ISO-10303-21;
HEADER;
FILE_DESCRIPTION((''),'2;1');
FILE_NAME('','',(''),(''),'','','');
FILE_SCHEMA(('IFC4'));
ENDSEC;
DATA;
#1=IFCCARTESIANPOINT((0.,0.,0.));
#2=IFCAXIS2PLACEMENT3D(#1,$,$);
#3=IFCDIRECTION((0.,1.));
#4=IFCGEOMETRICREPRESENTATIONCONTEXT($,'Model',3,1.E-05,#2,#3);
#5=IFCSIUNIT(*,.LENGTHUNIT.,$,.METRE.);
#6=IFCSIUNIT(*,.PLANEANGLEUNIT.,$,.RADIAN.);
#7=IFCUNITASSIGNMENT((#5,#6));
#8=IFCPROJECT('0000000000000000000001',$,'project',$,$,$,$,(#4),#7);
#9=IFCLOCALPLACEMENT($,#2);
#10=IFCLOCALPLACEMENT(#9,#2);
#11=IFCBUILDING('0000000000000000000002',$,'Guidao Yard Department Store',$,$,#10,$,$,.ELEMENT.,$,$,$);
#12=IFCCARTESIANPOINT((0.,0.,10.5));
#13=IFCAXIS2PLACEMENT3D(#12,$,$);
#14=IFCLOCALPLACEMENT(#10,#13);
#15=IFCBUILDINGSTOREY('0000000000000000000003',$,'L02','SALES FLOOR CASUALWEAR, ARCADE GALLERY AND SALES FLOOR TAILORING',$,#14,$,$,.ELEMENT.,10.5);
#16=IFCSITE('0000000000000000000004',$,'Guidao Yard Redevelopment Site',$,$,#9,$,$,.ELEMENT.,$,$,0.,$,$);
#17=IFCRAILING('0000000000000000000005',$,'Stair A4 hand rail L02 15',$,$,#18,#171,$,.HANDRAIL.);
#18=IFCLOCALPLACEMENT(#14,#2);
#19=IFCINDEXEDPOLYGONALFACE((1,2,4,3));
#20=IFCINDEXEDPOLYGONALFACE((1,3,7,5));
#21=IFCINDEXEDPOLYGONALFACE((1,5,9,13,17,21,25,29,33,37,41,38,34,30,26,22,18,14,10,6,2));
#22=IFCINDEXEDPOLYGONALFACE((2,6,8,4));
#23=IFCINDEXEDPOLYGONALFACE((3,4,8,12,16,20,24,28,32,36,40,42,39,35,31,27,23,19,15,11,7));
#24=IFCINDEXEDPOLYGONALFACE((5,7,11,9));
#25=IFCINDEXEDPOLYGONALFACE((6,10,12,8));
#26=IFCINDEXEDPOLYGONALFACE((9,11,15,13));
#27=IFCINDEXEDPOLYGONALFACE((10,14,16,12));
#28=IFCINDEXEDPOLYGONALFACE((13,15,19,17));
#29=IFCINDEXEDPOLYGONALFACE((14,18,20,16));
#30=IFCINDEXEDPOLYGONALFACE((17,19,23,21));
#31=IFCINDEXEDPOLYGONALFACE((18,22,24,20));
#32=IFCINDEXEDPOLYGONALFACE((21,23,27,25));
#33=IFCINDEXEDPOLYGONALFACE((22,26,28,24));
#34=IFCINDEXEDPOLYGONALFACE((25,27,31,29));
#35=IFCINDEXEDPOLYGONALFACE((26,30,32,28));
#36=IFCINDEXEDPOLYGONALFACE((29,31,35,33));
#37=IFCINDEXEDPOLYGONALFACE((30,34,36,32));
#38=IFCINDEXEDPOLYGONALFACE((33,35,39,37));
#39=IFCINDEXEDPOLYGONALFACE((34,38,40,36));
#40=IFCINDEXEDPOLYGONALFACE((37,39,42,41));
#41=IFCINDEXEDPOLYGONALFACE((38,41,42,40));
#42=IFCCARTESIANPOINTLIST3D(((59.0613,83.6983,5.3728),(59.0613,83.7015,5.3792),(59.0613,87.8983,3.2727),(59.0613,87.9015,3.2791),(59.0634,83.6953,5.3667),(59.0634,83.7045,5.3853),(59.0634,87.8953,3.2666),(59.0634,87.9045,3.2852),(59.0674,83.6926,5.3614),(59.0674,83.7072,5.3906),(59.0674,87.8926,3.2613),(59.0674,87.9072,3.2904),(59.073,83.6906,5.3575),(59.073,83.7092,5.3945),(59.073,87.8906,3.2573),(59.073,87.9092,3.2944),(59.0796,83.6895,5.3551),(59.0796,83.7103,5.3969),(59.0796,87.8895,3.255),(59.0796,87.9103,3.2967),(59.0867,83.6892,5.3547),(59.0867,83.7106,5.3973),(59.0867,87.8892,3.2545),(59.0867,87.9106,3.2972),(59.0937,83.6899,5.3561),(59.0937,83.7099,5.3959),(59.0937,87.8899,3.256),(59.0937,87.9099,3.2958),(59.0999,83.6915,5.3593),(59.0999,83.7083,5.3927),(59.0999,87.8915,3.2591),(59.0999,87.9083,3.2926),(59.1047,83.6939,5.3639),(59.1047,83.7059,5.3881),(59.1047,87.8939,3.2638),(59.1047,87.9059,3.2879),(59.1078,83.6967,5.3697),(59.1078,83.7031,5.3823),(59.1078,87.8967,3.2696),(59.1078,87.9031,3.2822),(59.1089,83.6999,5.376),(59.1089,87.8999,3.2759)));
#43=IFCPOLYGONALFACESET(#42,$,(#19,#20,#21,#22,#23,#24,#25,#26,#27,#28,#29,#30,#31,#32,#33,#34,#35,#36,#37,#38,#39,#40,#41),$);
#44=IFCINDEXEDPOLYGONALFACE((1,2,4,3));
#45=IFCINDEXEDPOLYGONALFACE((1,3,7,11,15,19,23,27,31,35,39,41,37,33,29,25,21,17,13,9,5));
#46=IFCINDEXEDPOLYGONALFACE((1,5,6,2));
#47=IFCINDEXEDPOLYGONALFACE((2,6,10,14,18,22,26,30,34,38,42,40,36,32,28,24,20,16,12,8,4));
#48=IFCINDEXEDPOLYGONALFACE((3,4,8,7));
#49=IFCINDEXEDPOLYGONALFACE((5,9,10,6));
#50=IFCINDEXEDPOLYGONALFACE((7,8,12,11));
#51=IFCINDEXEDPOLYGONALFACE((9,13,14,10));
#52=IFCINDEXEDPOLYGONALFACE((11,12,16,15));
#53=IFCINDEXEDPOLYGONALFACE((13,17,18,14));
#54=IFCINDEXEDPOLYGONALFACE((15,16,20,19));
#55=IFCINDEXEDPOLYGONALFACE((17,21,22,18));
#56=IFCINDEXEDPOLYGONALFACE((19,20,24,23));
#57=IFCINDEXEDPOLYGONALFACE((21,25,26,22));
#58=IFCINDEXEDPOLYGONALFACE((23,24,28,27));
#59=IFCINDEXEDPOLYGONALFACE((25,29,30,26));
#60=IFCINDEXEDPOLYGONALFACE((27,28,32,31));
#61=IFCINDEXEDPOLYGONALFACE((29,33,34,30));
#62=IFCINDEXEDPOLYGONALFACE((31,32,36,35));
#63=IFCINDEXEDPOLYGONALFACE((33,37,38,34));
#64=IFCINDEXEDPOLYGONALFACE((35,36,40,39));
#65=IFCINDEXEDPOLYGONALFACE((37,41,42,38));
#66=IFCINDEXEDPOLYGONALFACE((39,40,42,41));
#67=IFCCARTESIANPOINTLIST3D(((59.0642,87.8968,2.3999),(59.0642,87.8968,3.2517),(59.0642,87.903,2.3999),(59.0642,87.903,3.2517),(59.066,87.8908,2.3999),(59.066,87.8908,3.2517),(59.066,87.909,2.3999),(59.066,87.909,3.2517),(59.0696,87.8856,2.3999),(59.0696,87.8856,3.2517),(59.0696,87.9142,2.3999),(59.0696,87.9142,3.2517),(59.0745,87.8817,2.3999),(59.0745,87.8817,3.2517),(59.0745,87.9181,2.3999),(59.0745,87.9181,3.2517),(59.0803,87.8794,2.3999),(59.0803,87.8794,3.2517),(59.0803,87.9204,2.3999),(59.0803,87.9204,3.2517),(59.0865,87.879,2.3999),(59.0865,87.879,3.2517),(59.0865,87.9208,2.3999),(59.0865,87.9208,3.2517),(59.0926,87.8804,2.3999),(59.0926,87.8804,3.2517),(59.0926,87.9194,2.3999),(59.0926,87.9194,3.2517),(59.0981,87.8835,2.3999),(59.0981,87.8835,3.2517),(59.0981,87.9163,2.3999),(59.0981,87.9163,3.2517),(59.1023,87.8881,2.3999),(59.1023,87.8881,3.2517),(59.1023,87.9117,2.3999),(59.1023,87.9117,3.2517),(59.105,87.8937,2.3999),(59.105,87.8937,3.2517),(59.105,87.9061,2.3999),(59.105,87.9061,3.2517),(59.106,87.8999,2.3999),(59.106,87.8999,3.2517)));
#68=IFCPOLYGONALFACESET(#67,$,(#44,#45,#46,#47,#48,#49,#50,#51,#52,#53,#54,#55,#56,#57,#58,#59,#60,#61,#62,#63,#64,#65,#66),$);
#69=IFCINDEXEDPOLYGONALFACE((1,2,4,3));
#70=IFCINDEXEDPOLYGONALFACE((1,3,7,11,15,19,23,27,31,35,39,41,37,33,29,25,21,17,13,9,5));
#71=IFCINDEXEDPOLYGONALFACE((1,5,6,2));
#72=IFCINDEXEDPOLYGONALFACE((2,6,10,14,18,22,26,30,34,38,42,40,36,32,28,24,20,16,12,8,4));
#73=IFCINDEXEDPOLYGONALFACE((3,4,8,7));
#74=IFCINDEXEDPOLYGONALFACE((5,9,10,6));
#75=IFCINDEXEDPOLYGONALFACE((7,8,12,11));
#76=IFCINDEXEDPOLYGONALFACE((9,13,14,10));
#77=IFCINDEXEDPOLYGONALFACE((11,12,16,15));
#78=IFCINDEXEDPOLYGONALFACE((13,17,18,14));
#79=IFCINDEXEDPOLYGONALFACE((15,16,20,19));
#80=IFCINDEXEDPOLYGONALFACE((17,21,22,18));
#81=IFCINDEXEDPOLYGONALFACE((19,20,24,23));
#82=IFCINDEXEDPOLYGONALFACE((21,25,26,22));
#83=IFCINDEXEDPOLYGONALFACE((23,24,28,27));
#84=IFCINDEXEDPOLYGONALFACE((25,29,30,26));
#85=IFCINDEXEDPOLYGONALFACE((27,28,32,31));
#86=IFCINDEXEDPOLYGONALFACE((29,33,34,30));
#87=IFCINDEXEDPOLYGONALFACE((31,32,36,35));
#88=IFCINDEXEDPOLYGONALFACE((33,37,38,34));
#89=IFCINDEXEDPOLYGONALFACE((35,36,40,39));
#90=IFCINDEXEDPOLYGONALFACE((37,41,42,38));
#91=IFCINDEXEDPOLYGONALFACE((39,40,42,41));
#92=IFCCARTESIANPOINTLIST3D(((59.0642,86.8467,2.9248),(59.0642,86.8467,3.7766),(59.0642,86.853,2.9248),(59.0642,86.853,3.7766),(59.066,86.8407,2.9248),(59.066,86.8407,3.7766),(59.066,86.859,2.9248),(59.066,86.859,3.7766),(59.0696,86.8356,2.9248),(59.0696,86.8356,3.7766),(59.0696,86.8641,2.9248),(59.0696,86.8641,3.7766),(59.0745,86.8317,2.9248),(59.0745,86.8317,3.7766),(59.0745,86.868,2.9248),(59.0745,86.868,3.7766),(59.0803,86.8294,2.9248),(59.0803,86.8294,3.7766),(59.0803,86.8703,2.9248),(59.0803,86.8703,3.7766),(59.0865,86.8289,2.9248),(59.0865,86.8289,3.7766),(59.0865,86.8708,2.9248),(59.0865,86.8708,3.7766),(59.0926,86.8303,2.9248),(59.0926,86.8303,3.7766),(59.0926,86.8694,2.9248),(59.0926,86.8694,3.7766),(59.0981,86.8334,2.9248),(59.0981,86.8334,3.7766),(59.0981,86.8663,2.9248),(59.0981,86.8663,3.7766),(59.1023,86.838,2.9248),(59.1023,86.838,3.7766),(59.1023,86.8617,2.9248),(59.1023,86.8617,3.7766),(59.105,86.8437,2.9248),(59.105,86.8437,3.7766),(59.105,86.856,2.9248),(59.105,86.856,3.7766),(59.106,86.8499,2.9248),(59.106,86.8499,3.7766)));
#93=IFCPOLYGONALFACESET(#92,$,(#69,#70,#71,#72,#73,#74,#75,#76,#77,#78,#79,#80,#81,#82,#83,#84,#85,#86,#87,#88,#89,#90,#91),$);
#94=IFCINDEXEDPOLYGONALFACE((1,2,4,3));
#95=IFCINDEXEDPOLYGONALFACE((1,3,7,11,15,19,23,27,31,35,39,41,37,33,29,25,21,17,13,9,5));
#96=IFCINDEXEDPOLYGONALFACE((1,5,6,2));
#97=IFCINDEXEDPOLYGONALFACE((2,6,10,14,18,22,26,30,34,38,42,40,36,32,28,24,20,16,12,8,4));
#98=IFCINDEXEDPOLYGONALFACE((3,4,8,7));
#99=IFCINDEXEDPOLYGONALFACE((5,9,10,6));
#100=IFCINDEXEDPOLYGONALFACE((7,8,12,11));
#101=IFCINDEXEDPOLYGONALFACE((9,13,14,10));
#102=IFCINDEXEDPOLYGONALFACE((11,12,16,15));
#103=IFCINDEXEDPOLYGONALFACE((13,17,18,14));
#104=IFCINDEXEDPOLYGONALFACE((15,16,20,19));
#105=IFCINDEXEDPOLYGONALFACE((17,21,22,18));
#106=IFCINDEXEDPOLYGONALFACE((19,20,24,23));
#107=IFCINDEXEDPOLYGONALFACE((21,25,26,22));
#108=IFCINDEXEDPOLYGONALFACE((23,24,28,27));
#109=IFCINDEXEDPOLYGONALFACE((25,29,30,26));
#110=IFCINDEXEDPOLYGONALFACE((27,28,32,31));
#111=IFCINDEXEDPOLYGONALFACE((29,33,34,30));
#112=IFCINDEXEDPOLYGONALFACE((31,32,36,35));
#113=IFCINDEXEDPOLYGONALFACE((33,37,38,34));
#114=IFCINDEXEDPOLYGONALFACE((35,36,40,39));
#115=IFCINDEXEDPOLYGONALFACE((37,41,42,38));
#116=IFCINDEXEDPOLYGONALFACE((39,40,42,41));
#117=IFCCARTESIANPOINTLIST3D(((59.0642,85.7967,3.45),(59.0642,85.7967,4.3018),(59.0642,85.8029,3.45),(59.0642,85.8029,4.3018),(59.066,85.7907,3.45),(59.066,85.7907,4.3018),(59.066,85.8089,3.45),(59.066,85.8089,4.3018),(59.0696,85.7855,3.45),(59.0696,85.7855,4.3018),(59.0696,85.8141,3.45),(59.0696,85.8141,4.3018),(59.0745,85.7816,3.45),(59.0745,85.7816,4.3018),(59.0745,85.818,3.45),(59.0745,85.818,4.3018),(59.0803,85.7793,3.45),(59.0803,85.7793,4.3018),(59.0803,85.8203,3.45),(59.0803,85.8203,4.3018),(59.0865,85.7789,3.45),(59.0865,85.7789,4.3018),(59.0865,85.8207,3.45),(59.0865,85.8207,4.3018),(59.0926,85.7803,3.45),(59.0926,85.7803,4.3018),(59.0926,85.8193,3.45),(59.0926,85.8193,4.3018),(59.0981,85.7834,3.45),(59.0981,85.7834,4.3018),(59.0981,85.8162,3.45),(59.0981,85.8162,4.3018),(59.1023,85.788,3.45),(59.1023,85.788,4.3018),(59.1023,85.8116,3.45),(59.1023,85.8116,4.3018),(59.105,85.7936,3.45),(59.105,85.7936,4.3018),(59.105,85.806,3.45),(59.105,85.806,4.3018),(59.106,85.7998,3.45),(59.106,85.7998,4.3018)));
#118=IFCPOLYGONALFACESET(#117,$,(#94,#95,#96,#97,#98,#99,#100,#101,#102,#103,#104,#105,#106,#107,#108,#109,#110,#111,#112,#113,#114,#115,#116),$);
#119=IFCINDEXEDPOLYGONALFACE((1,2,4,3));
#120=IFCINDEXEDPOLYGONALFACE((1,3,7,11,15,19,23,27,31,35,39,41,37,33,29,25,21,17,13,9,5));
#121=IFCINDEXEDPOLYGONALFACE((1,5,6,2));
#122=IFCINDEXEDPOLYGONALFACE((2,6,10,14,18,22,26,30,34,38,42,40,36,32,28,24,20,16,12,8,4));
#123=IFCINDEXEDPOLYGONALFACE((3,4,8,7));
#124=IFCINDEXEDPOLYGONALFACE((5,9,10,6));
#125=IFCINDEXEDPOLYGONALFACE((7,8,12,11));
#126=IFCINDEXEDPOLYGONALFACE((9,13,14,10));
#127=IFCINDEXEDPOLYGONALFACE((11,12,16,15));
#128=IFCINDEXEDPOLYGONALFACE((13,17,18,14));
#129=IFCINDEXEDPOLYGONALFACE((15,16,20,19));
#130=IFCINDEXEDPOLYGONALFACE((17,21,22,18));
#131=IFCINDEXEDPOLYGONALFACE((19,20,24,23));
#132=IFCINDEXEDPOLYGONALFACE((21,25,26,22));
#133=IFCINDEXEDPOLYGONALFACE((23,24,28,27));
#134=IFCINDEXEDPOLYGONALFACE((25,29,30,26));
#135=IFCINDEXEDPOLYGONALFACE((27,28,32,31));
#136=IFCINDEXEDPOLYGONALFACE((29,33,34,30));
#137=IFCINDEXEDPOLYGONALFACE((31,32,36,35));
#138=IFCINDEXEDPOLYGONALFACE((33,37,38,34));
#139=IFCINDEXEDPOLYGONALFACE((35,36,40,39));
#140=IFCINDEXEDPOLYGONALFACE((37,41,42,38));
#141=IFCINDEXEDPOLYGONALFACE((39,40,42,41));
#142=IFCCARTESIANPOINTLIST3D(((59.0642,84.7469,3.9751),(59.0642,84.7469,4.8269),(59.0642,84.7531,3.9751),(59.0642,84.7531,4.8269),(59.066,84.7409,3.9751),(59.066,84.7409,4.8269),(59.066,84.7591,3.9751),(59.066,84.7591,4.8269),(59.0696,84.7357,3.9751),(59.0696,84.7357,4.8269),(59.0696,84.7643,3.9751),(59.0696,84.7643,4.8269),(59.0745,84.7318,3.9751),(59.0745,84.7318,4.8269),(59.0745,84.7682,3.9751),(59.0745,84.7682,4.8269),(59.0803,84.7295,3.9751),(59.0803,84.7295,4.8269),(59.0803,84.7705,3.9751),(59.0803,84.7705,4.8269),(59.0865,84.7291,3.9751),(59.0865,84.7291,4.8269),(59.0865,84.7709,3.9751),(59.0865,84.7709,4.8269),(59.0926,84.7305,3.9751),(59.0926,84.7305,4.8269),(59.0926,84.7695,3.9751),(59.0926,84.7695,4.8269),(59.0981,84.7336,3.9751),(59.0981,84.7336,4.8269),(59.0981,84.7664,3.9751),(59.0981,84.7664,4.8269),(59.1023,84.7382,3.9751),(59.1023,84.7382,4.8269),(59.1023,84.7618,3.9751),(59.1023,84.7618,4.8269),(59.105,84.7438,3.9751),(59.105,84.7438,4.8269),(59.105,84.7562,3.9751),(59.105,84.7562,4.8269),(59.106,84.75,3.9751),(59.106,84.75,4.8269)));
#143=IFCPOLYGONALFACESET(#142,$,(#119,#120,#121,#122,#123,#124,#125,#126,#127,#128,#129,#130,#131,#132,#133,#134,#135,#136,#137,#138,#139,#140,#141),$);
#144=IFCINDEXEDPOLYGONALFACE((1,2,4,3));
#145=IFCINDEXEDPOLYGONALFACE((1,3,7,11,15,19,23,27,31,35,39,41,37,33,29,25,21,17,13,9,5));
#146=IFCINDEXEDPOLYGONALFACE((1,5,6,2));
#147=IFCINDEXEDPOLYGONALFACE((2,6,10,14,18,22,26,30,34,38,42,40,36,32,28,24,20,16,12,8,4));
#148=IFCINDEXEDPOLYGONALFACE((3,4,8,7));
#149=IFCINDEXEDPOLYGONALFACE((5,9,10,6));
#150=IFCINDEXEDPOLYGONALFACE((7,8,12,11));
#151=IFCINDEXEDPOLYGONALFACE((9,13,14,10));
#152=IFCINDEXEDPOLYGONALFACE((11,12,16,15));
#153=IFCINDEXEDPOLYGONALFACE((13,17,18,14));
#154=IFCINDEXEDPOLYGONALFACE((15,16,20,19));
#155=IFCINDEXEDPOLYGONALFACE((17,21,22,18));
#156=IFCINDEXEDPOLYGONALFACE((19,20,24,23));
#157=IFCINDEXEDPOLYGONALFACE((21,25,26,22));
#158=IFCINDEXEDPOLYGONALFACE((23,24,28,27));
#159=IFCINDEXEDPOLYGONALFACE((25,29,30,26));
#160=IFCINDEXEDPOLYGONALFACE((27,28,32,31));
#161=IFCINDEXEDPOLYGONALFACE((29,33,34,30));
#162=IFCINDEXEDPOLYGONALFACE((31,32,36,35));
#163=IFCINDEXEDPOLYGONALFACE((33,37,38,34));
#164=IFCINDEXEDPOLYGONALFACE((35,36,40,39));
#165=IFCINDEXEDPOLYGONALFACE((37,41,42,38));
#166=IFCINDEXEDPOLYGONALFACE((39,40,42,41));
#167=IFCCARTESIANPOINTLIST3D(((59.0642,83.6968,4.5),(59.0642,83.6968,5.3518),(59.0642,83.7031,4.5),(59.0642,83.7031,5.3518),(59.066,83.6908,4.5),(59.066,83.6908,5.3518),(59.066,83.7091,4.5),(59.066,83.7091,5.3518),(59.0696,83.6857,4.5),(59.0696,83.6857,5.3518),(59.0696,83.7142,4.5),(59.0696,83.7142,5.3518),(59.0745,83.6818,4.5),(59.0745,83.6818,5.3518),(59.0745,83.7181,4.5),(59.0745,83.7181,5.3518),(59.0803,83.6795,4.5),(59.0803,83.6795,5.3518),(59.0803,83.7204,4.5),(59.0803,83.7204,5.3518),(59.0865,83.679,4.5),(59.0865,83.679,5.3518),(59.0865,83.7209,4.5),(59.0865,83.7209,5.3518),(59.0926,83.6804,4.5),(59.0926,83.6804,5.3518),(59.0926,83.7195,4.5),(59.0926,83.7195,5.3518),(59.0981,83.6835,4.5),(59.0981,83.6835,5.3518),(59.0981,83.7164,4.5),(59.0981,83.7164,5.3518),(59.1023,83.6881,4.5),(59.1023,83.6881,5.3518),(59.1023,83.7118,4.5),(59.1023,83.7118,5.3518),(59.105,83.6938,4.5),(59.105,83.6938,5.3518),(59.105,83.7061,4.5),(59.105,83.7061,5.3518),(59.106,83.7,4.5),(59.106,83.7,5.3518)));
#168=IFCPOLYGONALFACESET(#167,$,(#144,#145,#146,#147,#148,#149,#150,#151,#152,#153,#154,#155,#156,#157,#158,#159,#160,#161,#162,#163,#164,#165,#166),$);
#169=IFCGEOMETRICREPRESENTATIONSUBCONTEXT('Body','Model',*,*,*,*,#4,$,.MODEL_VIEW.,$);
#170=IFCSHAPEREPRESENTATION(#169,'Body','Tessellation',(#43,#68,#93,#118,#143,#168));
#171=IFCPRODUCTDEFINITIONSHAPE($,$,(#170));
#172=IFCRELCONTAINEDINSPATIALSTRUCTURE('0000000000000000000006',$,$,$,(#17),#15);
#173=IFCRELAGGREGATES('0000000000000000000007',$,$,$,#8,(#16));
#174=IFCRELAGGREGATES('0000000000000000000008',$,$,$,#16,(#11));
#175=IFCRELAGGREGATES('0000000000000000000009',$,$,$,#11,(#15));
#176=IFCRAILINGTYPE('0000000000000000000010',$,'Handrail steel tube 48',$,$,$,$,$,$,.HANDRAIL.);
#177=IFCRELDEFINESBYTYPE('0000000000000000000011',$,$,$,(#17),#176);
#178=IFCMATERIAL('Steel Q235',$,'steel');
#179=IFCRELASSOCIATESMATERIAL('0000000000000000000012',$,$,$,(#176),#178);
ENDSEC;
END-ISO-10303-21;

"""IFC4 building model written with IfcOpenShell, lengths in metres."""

from ifc_helpers import new_model, si_unit, direction, frame, origin, origin_2d, place, context, subcontext, project, spatial, circle, extrude, material, type_object, element, save


model = new_model("IFC4")

# Units and contexts
model_context = context("Model", 3, precision=1e-05, world=origin(), true_north=direction((0.0, 1.0)))
body_context = subcontext(model_context, "Body", "Model", "MODEL_VIEW")
ifc_project = project(units=[si_unit("LENGTHUNIT", "METRE"), si_unit("PLANEANGLEUNIT", "RADIAN")], contexts=[model_context])

# Site, building, storey
site_placement = place(None, origin())
site = spatial("IfcSite", under=ifc_project, at=site_placement, Name="Guidao Yard Redevelopment Site", CompositionType="ELEMENT", RefElevation=0.0)
building_placement = place(site_placement, origin())
building = spatial("IfcBuilding", under=site, at=building_placement, Name="Guidao Yard Department Store", CompositionType="ELEMENT")
storey_placement = place(building_placement, frame((0.0, 0.0, 10.5)))
storey = spatial("IfcBuildingStorey", under=building, at=storey_placement, Name="L02", Description="SALES FLOOR CASUALWEAR, ARCADE GALLERY AND SALES FLOOR TAILORING", CompositionType="ELEMENT", Elevation=10.5)

# Railing
ifc_material_1 = material(Name="Steel Q235", Category="steel")
railing_type_1 = type_object("IfcRailingType", Name="Handrail steel tube 48", PredefinedType="HANDRAIL", material=ifc_material_1)
railing_1_placement = place(storey_placement, frame((59.085, 87.8999, 2.3999)))
element("IfcRailing", 1, at=railing_1_placement, inside=storey, type_object=railing_type_1, Name="Stair A4 hand rail L02 15", PredefinedType="HANDRAIL", context=body_context, shape_type="SweptSolid", body=[
    extrude(circle(Radius=0.0239, at=origin_2d()), frame((0.0, 0.0, 0.876), z_axis=(0.0, -0.894417, 0.447234), x_axis=(1.0, 0.0, 0.0)), (0.0, 0.0, 1.0), 4.6958),
    extrude(circle(Radius=0.021, at=origin_2d()), origin(), (0.0, 0.0, 1.0), 0.8518),
    extrude(circle(Radius=0.021, at=origin_2d()), frame((0.0, -1.05, 0.5249)), (0.0, 0.0, 1.0), 0.8518),
    extrude(circle(Radius=0.021, at=origin_2d()), frame((0.0, -2.1001, 1.05)), (0.0, 0.0, 1.0), 0.8518),
    extrude(circle(Radius=0.021, at=origin_2d()), frame((0.0, -3.1499, 1.5752)), (0.0, 0.0, 1.0), 0.8518),
    extrude(circle(Radius=0.021, at=origin_2d()), frame((0.0, -4.2, 2.1001)), (0.0, 0.0, 1.0), 0.8518),
])

save(model, "model.ifc")
